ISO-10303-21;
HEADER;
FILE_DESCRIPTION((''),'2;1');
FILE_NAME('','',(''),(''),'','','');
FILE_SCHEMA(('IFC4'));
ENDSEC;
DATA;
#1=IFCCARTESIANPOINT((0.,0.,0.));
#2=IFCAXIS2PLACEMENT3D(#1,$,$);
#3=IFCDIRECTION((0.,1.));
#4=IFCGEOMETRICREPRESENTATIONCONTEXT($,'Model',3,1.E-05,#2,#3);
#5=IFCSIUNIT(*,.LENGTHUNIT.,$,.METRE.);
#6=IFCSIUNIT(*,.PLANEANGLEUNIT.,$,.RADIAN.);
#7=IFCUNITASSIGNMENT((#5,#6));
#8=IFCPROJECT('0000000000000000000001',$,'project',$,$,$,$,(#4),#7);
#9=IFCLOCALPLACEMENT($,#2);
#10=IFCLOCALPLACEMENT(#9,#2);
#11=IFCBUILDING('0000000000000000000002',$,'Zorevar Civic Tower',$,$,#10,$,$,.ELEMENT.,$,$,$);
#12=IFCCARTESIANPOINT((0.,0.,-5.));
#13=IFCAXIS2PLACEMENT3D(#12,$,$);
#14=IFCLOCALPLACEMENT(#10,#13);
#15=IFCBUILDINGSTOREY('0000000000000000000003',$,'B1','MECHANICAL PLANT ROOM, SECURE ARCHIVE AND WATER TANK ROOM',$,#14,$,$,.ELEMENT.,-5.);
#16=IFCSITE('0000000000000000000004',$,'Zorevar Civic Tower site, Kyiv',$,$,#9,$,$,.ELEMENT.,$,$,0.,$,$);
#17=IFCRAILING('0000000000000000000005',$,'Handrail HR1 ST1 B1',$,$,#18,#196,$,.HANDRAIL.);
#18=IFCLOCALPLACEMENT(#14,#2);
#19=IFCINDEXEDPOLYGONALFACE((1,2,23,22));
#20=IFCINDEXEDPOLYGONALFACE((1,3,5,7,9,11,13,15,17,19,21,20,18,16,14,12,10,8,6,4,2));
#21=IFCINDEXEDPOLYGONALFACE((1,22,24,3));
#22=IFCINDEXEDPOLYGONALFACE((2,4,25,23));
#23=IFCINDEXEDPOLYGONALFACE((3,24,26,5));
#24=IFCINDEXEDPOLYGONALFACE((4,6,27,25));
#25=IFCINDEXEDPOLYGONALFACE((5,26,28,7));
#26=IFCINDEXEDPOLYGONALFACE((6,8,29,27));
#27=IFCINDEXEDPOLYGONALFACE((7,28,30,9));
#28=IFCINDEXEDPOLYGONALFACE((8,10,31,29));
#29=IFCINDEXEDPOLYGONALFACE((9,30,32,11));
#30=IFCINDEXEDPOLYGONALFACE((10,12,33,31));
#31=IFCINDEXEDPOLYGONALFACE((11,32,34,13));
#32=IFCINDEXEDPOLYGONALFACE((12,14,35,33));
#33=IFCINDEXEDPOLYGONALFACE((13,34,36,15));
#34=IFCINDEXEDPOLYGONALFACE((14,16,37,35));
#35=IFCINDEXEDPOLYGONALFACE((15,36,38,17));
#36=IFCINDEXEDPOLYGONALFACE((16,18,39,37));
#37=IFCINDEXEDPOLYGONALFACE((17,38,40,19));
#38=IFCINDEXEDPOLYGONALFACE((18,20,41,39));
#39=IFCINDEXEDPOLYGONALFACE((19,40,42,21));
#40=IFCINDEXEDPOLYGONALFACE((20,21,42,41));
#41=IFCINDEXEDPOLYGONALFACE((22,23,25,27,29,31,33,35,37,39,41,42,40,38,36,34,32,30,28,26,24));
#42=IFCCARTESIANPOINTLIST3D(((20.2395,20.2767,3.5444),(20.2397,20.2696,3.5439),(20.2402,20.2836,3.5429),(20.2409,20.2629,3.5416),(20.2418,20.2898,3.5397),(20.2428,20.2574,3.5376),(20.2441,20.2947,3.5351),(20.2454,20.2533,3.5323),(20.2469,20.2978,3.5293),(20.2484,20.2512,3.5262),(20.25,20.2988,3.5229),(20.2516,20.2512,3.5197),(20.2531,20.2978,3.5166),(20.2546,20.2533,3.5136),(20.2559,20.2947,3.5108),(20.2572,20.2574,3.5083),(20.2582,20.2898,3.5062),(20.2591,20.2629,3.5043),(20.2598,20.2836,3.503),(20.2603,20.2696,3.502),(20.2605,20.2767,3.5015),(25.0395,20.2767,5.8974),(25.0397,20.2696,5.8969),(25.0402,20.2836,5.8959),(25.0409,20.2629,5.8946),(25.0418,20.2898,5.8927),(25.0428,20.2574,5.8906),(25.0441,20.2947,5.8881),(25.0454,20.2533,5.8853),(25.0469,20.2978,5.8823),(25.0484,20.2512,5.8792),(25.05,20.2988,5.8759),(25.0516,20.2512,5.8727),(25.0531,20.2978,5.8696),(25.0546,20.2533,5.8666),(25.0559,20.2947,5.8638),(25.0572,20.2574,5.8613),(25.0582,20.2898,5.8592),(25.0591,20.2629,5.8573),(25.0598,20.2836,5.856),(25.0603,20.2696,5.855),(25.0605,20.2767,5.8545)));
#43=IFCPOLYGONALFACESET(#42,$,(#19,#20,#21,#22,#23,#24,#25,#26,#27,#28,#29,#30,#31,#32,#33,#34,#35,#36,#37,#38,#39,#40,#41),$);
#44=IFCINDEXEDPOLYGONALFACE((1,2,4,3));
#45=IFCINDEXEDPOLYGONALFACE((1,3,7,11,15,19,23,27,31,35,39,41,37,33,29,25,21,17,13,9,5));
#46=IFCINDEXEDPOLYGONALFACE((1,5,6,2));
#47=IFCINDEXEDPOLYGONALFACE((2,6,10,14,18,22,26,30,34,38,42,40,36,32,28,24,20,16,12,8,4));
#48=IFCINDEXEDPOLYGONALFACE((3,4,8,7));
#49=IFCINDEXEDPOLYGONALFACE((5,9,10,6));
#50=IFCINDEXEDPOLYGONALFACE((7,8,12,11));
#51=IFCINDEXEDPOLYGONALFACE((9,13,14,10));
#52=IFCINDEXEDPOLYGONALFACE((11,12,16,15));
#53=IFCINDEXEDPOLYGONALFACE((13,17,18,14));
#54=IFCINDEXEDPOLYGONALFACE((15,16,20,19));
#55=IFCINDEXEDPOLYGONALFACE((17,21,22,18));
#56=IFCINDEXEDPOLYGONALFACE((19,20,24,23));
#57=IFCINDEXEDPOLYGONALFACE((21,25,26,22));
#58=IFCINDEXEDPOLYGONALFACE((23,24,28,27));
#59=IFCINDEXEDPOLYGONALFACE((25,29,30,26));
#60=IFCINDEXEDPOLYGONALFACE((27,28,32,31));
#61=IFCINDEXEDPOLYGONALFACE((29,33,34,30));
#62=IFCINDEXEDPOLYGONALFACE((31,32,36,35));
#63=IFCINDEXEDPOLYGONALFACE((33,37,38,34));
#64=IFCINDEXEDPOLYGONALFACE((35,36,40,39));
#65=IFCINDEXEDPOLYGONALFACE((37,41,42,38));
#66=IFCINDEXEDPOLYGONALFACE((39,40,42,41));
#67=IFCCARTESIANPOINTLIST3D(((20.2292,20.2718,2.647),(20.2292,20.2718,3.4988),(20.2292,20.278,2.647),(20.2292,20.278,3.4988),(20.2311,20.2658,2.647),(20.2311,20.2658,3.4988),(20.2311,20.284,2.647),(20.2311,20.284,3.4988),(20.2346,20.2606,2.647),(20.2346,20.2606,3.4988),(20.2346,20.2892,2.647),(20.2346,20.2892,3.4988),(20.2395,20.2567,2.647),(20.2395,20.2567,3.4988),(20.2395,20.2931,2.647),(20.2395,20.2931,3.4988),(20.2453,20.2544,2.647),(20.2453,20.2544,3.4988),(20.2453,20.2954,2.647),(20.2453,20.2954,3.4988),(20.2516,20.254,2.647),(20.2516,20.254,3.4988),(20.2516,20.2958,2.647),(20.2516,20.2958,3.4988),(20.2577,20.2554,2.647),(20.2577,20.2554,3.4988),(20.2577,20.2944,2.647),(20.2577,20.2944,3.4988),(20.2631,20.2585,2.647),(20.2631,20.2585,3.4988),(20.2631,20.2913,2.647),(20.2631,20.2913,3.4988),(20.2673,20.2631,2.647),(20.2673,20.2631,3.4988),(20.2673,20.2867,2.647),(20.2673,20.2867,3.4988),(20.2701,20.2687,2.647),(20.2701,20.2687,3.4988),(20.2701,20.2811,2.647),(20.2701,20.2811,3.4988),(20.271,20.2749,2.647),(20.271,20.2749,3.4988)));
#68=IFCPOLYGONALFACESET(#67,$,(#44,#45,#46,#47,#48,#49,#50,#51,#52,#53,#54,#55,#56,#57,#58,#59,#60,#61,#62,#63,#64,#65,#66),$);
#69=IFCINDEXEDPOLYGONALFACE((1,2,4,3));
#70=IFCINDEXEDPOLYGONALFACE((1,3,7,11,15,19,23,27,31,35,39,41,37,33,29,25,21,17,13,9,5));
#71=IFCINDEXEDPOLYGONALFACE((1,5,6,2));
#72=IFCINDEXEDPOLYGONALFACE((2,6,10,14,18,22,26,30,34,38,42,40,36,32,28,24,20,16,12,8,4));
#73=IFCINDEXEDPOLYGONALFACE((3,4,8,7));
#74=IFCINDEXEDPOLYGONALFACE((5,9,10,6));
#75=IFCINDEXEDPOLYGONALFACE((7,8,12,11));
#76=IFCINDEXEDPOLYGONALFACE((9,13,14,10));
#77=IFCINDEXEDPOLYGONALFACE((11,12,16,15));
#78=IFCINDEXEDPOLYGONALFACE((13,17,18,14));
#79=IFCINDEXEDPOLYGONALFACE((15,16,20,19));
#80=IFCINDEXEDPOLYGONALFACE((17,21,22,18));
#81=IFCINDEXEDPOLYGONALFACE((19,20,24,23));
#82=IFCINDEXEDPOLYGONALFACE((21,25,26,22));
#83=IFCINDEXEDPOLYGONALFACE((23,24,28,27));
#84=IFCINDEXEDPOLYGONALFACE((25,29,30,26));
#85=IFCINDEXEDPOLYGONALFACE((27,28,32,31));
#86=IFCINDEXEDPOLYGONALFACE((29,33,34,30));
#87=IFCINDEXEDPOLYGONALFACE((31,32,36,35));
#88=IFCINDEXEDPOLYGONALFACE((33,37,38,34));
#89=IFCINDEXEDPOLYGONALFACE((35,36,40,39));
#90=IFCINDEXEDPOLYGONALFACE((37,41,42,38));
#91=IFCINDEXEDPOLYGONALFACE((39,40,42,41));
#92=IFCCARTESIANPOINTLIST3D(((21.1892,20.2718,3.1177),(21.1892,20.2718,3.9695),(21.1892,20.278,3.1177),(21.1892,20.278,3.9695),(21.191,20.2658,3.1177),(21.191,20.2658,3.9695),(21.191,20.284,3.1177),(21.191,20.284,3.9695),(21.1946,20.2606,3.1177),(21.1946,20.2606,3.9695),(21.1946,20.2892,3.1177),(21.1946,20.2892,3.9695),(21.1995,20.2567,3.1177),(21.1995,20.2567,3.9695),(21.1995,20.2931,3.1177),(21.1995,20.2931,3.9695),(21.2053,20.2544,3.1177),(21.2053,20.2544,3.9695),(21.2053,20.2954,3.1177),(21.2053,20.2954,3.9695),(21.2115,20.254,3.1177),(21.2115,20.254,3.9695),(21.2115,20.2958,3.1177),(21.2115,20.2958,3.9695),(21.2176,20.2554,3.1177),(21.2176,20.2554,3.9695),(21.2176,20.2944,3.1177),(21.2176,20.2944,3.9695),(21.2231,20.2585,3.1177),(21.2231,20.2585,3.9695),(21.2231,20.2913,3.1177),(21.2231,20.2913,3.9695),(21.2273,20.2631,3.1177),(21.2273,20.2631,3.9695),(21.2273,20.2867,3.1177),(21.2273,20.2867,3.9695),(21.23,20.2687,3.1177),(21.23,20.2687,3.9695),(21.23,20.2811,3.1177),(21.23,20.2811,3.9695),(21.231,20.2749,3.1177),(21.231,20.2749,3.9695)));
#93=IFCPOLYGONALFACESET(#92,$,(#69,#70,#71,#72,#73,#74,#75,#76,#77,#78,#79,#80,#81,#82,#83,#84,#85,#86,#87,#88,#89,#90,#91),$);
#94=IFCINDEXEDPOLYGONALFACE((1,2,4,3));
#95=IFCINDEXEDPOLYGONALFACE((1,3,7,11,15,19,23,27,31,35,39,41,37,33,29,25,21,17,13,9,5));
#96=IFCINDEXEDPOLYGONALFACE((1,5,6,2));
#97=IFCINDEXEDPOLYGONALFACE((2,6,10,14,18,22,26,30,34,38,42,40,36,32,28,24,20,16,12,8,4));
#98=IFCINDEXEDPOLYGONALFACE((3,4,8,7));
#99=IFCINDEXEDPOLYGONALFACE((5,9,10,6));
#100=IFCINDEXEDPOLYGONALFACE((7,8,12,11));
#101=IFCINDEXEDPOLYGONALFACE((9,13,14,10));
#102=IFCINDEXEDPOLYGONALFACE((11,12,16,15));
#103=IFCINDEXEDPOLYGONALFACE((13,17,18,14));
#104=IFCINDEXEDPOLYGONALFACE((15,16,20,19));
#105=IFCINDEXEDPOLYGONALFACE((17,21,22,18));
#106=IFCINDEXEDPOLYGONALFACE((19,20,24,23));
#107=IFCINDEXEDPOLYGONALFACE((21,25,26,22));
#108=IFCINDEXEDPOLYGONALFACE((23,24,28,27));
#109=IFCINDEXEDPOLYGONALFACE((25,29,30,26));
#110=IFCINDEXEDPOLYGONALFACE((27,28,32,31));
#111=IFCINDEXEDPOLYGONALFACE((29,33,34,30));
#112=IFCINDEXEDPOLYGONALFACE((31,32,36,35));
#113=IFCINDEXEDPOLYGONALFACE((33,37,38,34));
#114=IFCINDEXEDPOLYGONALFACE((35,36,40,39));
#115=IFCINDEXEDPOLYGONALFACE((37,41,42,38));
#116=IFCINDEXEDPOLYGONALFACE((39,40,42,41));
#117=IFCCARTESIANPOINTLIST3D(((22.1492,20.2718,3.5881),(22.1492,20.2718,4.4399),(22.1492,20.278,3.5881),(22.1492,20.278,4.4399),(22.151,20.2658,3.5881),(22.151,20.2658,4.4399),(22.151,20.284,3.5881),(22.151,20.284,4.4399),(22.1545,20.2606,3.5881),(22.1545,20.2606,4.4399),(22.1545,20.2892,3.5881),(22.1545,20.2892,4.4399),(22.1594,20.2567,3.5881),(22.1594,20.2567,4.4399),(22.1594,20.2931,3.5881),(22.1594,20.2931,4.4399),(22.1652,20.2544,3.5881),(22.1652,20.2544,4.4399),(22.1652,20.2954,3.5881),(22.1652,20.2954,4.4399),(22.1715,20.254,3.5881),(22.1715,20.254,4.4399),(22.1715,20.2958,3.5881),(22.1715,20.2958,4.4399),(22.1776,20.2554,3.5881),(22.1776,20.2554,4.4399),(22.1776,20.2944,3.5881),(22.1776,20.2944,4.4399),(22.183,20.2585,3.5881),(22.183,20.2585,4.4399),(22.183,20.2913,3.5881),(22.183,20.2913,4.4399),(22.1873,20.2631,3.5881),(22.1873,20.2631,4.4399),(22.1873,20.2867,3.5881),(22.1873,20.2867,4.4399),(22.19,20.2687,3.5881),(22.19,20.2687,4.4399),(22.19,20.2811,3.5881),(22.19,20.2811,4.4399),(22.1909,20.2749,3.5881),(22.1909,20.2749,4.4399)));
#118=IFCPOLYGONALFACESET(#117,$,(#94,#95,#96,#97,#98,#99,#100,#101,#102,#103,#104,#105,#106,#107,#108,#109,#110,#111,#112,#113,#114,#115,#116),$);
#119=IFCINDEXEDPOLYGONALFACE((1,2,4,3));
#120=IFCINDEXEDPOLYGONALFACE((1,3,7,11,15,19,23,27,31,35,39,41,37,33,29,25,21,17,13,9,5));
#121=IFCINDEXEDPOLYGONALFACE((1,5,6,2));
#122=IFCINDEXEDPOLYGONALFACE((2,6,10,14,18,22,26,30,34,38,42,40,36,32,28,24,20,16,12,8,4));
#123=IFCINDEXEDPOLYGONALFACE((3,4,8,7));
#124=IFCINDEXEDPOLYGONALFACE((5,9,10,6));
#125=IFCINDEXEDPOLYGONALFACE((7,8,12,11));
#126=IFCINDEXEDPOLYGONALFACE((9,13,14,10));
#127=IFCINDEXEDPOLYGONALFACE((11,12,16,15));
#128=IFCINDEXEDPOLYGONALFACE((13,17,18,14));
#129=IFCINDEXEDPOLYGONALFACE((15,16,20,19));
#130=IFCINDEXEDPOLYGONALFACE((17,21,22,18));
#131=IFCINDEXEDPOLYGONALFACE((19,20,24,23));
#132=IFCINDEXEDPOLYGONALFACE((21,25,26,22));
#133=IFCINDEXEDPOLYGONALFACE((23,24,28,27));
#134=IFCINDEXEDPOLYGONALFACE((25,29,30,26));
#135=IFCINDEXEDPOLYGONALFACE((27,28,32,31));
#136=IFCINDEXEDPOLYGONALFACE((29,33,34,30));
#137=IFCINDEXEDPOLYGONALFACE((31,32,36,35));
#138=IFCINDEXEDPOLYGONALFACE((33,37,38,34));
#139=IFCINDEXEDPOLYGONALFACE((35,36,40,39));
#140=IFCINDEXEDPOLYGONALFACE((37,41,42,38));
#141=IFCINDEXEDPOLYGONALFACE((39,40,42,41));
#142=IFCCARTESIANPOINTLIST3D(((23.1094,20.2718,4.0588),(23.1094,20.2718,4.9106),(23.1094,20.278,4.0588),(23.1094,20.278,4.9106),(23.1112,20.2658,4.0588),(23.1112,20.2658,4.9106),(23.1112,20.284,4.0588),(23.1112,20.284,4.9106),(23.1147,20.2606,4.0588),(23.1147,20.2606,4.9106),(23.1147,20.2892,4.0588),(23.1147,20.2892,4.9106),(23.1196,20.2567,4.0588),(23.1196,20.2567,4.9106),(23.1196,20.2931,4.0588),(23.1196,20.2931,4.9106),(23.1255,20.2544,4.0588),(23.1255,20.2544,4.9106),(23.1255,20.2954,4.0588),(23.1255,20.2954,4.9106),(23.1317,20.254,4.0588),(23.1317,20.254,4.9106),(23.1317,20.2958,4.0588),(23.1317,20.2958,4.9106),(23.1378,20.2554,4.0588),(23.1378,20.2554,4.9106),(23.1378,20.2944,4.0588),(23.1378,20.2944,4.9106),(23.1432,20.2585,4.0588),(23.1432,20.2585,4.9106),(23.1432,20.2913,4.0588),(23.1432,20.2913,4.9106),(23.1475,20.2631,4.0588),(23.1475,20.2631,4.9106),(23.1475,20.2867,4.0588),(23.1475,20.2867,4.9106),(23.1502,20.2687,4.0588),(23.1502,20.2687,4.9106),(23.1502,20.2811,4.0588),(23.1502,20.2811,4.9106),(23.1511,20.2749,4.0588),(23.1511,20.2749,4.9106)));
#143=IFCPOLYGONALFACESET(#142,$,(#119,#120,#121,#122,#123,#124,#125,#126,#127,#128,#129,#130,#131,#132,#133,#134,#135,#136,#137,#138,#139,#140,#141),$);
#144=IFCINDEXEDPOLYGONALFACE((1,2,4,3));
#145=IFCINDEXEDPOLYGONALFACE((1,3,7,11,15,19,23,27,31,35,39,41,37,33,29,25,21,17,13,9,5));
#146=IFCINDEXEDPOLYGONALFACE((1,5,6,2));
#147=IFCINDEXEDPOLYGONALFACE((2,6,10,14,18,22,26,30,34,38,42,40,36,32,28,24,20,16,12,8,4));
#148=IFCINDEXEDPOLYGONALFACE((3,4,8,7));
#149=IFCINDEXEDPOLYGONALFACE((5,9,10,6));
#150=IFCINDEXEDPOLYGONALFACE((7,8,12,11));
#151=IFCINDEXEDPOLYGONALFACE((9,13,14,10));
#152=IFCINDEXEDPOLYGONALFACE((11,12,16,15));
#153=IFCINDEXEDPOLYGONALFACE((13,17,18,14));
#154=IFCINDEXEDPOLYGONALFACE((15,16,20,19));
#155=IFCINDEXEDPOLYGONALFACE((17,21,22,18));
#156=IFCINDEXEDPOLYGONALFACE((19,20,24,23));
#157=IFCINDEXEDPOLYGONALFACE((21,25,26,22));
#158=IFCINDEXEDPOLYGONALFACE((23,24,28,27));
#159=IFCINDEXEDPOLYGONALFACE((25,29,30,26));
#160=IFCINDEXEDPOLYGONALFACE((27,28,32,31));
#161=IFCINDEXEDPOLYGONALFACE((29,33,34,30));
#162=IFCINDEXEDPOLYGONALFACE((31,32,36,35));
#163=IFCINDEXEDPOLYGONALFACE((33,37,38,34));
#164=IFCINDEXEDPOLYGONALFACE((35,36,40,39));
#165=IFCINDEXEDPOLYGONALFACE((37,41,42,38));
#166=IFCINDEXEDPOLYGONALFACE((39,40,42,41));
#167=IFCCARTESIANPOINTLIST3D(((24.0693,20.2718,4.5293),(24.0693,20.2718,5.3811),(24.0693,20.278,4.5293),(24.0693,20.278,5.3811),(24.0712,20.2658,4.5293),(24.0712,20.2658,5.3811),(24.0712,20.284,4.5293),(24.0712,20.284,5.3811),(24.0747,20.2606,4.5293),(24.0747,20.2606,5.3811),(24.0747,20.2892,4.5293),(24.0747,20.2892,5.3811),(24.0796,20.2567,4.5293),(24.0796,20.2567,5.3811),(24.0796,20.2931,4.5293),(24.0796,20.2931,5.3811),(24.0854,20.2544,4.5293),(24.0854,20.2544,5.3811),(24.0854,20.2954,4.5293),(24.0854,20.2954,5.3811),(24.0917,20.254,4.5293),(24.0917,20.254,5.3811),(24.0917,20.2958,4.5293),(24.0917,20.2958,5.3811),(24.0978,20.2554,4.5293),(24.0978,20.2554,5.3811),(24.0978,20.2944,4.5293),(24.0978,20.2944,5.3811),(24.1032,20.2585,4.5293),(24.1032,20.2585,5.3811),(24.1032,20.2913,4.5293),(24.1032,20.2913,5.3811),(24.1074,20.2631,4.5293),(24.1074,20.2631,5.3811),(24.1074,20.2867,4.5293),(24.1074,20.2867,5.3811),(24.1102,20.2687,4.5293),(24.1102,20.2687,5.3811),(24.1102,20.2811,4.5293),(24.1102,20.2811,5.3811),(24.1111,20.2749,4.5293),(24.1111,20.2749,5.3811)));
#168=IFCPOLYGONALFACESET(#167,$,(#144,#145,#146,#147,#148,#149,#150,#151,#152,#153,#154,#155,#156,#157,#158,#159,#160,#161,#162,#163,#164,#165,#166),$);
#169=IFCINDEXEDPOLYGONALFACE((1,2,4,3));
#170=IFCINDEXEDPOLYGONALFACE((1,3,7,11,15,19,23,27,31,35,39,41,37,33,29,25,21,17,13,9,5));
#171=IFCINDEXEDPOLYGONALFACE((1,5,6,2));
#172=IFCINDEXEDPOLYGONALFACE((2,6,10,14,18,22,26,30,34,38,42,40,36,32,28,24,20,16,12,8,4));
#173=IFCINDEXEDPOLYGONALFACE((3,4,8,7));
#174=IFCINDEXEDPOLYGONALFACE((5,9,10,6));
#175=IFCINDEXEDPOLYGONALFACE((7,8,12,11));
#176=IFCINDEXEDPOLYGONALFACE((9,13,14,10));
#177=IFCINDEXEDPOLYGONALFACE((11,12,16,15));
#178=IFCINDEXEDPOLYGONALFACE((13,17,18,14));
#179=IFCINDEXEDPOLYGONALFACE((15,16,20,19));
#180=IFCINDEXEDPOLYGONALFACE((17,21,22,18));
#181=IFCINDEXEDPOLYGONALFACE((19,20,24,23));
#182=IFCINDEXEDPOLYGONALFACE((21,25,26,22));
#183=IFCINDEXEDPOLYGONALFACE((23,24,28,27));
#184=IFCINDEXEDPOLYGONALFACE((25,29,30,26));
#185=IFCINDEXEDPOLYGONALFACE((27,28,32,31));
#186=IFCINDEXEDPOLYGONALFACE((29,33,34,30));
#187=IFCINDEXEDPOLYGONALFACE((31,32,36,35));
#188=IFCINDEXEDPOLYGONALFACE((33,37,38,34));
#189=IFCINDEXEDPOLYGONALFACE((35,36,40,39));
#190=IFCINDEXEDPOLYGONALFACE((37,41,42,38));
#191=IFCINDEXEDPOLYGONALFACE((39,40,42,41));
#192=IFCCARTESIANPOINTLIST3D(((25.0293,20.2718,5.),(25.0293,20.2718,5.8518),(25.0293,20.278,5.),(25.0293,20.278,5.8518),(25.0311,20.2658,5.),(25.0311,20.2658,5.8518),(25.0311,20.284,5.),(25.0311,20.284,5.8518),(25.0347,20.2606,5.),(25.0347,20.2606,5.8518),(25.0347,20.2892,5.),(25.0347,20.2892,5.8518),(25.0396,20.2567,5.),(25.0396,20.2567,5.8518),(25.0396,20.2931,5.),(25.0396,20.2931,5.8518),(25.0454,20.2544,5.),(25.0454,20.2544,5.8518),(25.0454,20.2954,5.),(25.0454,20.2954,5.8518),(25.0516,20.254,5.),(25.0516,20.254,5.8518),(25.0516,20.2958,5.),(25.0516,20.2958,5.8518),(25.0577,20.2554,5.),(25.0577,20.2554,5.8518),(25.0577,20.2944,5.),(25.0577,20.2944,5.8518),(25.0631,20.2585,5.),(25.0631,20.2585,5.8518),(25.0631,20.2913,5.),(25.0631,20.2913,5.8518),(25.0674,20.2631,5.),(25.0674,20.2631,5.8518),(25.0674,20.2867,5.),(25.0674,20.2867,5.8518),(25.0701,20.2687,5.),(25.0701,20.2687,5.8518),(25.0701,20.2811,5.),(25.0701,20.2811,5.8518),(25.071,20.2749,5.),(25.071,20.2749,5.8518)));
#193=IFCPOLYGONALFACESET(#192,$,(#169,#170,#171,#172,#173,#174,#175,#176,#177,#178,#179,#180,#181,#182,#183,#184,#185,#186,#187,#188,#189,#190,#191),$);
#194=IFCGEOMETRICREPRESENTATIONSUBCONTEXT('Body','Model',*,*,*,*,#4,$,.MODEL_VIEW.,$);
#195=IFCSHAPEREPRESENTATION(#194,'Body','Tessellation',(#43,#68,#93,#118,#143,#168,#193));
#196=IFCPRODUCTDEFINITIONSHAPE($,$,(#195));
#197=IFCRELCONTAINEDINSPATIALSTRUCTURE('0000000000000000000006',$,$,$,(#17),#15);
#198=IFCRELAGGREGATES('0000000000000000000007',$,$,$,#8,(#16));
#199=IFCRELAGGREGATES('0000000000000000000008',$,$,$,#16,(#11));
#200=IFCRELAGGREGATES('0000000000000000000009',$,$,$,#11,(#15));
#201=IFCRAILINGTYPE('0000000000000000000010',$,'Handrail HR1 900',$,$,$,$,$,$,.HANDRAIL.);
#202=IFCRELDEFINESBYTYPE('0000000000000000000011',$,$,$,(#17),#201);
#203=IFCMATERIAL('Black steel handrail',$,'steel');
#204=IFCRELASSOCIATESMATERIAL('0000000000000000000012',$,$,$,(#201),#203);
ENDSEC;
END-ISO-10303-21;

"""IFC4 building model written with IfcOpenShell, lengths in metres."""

from ifc_helpers import new_model, si_unit, direction, frame, origin, origin_2d, place, context, subcontext, project, spatial, circle, extrude, material, type_object, element, save


model = new_model("IFC4")

# Units and contexts
model_context = context("Model", 3, precision=1e-05, world=origin(), true_north=direction((0.0, 1.0)))
body_context = subcontext(model_context, "Body", "Model", "MODEL_VIEW")
ifc_project = project(units=[si_unit("LENGTHUNIT", "METRE"), si_unit("PLANEANGLEUNIT", "RADIAN")], contexts=[model_context])

# Site, building, storey
site_placement = place(None, origin())
site = spatial("IfcSite", under=ifc_project, at=site_placement, Name="Zorevar Civic Tower site, Kyiv", CompositionType="ELEMENT", RefElevation=0.0)
building_placement = place(site_placement, origin())
building = spatial("IfcBuilding", under=site, at=building_placement, Name="Zorevar Civic Tower", CompositionType="ELEMENT")
storey_placement = place(building_placement, frame((0.0, 0.0, -5.0)))
storey = spatial("IfcBuildingStorey", under=building, at=storey_placement, Name="B1", Description="MECHANICAL PLANT ROOM, SECURE ARCHIVE AND WATER TANK ROOM", CompositionType="ELEMENT", Elevation=-5.0)

# Railing
ifc_material_1 = material(Name="Black steel handrail", Category="steel")
railing_type = type_object("IfcRailingType", Name="Handrail HR1 900", PredefinedType="HANDRAIL", material=ifc_material_1)
railing_1_placement = place(storey_placement, frame((20.25, 20.2749, 2.647)))
element("IfcRailing", 1, at=railing_1_placement, inside=storey, type_object=railing_type, Name="Handrail HR1 ST1 B1", PredefinedType="HANDRAIL", context=body_context, shape_type="SweptSolid", body=[
    extrude(circle(Radius=0.0239, at=origin_2d()), frame((0.0, 0.0, 0.876), z_axis=(0.897916, 0.0, 0.440167), x_axis=(0.0, 1.0, 0.0)), (0.0, 0.0, 1.0), 5.3457),
    extrude(circle(Radius=0.021, at=origin_2d()), origin(), (0.0, 0.0, 1.0), 0.8518),
    extrude(circle(Radius=0.021, at=origin_2d()), frame((0.96, 0.0, 0.4707)), (0.0, 0.0, 1.0), 0.8518),
    extrude(circle(Radius=0.021, at=origin_2d()), frame((1.9199, 0.0, 0.9412)), (0.0, 0.0, 1.0), 0.8518),
    extrude(circle(Radius=0.021, at=origin_2d()), frame((2.8801, 0.0, 1.4119)), (0.0, 0.0, 1.0), 0.8518),
    extrude(circle(Radius=0.021, at=origin_2d()), frame((3.8401, 0.0, 1.8823)), (0.0, 0.0, 1.0), 0.8518),
    extrude(circle(Radius=0.021, at=origin_2d()), frame((4.8, 0.0, 2.353)), (0.0, 0.0, 1.0), 0.8518),
])

save(model, "model.ifc")
